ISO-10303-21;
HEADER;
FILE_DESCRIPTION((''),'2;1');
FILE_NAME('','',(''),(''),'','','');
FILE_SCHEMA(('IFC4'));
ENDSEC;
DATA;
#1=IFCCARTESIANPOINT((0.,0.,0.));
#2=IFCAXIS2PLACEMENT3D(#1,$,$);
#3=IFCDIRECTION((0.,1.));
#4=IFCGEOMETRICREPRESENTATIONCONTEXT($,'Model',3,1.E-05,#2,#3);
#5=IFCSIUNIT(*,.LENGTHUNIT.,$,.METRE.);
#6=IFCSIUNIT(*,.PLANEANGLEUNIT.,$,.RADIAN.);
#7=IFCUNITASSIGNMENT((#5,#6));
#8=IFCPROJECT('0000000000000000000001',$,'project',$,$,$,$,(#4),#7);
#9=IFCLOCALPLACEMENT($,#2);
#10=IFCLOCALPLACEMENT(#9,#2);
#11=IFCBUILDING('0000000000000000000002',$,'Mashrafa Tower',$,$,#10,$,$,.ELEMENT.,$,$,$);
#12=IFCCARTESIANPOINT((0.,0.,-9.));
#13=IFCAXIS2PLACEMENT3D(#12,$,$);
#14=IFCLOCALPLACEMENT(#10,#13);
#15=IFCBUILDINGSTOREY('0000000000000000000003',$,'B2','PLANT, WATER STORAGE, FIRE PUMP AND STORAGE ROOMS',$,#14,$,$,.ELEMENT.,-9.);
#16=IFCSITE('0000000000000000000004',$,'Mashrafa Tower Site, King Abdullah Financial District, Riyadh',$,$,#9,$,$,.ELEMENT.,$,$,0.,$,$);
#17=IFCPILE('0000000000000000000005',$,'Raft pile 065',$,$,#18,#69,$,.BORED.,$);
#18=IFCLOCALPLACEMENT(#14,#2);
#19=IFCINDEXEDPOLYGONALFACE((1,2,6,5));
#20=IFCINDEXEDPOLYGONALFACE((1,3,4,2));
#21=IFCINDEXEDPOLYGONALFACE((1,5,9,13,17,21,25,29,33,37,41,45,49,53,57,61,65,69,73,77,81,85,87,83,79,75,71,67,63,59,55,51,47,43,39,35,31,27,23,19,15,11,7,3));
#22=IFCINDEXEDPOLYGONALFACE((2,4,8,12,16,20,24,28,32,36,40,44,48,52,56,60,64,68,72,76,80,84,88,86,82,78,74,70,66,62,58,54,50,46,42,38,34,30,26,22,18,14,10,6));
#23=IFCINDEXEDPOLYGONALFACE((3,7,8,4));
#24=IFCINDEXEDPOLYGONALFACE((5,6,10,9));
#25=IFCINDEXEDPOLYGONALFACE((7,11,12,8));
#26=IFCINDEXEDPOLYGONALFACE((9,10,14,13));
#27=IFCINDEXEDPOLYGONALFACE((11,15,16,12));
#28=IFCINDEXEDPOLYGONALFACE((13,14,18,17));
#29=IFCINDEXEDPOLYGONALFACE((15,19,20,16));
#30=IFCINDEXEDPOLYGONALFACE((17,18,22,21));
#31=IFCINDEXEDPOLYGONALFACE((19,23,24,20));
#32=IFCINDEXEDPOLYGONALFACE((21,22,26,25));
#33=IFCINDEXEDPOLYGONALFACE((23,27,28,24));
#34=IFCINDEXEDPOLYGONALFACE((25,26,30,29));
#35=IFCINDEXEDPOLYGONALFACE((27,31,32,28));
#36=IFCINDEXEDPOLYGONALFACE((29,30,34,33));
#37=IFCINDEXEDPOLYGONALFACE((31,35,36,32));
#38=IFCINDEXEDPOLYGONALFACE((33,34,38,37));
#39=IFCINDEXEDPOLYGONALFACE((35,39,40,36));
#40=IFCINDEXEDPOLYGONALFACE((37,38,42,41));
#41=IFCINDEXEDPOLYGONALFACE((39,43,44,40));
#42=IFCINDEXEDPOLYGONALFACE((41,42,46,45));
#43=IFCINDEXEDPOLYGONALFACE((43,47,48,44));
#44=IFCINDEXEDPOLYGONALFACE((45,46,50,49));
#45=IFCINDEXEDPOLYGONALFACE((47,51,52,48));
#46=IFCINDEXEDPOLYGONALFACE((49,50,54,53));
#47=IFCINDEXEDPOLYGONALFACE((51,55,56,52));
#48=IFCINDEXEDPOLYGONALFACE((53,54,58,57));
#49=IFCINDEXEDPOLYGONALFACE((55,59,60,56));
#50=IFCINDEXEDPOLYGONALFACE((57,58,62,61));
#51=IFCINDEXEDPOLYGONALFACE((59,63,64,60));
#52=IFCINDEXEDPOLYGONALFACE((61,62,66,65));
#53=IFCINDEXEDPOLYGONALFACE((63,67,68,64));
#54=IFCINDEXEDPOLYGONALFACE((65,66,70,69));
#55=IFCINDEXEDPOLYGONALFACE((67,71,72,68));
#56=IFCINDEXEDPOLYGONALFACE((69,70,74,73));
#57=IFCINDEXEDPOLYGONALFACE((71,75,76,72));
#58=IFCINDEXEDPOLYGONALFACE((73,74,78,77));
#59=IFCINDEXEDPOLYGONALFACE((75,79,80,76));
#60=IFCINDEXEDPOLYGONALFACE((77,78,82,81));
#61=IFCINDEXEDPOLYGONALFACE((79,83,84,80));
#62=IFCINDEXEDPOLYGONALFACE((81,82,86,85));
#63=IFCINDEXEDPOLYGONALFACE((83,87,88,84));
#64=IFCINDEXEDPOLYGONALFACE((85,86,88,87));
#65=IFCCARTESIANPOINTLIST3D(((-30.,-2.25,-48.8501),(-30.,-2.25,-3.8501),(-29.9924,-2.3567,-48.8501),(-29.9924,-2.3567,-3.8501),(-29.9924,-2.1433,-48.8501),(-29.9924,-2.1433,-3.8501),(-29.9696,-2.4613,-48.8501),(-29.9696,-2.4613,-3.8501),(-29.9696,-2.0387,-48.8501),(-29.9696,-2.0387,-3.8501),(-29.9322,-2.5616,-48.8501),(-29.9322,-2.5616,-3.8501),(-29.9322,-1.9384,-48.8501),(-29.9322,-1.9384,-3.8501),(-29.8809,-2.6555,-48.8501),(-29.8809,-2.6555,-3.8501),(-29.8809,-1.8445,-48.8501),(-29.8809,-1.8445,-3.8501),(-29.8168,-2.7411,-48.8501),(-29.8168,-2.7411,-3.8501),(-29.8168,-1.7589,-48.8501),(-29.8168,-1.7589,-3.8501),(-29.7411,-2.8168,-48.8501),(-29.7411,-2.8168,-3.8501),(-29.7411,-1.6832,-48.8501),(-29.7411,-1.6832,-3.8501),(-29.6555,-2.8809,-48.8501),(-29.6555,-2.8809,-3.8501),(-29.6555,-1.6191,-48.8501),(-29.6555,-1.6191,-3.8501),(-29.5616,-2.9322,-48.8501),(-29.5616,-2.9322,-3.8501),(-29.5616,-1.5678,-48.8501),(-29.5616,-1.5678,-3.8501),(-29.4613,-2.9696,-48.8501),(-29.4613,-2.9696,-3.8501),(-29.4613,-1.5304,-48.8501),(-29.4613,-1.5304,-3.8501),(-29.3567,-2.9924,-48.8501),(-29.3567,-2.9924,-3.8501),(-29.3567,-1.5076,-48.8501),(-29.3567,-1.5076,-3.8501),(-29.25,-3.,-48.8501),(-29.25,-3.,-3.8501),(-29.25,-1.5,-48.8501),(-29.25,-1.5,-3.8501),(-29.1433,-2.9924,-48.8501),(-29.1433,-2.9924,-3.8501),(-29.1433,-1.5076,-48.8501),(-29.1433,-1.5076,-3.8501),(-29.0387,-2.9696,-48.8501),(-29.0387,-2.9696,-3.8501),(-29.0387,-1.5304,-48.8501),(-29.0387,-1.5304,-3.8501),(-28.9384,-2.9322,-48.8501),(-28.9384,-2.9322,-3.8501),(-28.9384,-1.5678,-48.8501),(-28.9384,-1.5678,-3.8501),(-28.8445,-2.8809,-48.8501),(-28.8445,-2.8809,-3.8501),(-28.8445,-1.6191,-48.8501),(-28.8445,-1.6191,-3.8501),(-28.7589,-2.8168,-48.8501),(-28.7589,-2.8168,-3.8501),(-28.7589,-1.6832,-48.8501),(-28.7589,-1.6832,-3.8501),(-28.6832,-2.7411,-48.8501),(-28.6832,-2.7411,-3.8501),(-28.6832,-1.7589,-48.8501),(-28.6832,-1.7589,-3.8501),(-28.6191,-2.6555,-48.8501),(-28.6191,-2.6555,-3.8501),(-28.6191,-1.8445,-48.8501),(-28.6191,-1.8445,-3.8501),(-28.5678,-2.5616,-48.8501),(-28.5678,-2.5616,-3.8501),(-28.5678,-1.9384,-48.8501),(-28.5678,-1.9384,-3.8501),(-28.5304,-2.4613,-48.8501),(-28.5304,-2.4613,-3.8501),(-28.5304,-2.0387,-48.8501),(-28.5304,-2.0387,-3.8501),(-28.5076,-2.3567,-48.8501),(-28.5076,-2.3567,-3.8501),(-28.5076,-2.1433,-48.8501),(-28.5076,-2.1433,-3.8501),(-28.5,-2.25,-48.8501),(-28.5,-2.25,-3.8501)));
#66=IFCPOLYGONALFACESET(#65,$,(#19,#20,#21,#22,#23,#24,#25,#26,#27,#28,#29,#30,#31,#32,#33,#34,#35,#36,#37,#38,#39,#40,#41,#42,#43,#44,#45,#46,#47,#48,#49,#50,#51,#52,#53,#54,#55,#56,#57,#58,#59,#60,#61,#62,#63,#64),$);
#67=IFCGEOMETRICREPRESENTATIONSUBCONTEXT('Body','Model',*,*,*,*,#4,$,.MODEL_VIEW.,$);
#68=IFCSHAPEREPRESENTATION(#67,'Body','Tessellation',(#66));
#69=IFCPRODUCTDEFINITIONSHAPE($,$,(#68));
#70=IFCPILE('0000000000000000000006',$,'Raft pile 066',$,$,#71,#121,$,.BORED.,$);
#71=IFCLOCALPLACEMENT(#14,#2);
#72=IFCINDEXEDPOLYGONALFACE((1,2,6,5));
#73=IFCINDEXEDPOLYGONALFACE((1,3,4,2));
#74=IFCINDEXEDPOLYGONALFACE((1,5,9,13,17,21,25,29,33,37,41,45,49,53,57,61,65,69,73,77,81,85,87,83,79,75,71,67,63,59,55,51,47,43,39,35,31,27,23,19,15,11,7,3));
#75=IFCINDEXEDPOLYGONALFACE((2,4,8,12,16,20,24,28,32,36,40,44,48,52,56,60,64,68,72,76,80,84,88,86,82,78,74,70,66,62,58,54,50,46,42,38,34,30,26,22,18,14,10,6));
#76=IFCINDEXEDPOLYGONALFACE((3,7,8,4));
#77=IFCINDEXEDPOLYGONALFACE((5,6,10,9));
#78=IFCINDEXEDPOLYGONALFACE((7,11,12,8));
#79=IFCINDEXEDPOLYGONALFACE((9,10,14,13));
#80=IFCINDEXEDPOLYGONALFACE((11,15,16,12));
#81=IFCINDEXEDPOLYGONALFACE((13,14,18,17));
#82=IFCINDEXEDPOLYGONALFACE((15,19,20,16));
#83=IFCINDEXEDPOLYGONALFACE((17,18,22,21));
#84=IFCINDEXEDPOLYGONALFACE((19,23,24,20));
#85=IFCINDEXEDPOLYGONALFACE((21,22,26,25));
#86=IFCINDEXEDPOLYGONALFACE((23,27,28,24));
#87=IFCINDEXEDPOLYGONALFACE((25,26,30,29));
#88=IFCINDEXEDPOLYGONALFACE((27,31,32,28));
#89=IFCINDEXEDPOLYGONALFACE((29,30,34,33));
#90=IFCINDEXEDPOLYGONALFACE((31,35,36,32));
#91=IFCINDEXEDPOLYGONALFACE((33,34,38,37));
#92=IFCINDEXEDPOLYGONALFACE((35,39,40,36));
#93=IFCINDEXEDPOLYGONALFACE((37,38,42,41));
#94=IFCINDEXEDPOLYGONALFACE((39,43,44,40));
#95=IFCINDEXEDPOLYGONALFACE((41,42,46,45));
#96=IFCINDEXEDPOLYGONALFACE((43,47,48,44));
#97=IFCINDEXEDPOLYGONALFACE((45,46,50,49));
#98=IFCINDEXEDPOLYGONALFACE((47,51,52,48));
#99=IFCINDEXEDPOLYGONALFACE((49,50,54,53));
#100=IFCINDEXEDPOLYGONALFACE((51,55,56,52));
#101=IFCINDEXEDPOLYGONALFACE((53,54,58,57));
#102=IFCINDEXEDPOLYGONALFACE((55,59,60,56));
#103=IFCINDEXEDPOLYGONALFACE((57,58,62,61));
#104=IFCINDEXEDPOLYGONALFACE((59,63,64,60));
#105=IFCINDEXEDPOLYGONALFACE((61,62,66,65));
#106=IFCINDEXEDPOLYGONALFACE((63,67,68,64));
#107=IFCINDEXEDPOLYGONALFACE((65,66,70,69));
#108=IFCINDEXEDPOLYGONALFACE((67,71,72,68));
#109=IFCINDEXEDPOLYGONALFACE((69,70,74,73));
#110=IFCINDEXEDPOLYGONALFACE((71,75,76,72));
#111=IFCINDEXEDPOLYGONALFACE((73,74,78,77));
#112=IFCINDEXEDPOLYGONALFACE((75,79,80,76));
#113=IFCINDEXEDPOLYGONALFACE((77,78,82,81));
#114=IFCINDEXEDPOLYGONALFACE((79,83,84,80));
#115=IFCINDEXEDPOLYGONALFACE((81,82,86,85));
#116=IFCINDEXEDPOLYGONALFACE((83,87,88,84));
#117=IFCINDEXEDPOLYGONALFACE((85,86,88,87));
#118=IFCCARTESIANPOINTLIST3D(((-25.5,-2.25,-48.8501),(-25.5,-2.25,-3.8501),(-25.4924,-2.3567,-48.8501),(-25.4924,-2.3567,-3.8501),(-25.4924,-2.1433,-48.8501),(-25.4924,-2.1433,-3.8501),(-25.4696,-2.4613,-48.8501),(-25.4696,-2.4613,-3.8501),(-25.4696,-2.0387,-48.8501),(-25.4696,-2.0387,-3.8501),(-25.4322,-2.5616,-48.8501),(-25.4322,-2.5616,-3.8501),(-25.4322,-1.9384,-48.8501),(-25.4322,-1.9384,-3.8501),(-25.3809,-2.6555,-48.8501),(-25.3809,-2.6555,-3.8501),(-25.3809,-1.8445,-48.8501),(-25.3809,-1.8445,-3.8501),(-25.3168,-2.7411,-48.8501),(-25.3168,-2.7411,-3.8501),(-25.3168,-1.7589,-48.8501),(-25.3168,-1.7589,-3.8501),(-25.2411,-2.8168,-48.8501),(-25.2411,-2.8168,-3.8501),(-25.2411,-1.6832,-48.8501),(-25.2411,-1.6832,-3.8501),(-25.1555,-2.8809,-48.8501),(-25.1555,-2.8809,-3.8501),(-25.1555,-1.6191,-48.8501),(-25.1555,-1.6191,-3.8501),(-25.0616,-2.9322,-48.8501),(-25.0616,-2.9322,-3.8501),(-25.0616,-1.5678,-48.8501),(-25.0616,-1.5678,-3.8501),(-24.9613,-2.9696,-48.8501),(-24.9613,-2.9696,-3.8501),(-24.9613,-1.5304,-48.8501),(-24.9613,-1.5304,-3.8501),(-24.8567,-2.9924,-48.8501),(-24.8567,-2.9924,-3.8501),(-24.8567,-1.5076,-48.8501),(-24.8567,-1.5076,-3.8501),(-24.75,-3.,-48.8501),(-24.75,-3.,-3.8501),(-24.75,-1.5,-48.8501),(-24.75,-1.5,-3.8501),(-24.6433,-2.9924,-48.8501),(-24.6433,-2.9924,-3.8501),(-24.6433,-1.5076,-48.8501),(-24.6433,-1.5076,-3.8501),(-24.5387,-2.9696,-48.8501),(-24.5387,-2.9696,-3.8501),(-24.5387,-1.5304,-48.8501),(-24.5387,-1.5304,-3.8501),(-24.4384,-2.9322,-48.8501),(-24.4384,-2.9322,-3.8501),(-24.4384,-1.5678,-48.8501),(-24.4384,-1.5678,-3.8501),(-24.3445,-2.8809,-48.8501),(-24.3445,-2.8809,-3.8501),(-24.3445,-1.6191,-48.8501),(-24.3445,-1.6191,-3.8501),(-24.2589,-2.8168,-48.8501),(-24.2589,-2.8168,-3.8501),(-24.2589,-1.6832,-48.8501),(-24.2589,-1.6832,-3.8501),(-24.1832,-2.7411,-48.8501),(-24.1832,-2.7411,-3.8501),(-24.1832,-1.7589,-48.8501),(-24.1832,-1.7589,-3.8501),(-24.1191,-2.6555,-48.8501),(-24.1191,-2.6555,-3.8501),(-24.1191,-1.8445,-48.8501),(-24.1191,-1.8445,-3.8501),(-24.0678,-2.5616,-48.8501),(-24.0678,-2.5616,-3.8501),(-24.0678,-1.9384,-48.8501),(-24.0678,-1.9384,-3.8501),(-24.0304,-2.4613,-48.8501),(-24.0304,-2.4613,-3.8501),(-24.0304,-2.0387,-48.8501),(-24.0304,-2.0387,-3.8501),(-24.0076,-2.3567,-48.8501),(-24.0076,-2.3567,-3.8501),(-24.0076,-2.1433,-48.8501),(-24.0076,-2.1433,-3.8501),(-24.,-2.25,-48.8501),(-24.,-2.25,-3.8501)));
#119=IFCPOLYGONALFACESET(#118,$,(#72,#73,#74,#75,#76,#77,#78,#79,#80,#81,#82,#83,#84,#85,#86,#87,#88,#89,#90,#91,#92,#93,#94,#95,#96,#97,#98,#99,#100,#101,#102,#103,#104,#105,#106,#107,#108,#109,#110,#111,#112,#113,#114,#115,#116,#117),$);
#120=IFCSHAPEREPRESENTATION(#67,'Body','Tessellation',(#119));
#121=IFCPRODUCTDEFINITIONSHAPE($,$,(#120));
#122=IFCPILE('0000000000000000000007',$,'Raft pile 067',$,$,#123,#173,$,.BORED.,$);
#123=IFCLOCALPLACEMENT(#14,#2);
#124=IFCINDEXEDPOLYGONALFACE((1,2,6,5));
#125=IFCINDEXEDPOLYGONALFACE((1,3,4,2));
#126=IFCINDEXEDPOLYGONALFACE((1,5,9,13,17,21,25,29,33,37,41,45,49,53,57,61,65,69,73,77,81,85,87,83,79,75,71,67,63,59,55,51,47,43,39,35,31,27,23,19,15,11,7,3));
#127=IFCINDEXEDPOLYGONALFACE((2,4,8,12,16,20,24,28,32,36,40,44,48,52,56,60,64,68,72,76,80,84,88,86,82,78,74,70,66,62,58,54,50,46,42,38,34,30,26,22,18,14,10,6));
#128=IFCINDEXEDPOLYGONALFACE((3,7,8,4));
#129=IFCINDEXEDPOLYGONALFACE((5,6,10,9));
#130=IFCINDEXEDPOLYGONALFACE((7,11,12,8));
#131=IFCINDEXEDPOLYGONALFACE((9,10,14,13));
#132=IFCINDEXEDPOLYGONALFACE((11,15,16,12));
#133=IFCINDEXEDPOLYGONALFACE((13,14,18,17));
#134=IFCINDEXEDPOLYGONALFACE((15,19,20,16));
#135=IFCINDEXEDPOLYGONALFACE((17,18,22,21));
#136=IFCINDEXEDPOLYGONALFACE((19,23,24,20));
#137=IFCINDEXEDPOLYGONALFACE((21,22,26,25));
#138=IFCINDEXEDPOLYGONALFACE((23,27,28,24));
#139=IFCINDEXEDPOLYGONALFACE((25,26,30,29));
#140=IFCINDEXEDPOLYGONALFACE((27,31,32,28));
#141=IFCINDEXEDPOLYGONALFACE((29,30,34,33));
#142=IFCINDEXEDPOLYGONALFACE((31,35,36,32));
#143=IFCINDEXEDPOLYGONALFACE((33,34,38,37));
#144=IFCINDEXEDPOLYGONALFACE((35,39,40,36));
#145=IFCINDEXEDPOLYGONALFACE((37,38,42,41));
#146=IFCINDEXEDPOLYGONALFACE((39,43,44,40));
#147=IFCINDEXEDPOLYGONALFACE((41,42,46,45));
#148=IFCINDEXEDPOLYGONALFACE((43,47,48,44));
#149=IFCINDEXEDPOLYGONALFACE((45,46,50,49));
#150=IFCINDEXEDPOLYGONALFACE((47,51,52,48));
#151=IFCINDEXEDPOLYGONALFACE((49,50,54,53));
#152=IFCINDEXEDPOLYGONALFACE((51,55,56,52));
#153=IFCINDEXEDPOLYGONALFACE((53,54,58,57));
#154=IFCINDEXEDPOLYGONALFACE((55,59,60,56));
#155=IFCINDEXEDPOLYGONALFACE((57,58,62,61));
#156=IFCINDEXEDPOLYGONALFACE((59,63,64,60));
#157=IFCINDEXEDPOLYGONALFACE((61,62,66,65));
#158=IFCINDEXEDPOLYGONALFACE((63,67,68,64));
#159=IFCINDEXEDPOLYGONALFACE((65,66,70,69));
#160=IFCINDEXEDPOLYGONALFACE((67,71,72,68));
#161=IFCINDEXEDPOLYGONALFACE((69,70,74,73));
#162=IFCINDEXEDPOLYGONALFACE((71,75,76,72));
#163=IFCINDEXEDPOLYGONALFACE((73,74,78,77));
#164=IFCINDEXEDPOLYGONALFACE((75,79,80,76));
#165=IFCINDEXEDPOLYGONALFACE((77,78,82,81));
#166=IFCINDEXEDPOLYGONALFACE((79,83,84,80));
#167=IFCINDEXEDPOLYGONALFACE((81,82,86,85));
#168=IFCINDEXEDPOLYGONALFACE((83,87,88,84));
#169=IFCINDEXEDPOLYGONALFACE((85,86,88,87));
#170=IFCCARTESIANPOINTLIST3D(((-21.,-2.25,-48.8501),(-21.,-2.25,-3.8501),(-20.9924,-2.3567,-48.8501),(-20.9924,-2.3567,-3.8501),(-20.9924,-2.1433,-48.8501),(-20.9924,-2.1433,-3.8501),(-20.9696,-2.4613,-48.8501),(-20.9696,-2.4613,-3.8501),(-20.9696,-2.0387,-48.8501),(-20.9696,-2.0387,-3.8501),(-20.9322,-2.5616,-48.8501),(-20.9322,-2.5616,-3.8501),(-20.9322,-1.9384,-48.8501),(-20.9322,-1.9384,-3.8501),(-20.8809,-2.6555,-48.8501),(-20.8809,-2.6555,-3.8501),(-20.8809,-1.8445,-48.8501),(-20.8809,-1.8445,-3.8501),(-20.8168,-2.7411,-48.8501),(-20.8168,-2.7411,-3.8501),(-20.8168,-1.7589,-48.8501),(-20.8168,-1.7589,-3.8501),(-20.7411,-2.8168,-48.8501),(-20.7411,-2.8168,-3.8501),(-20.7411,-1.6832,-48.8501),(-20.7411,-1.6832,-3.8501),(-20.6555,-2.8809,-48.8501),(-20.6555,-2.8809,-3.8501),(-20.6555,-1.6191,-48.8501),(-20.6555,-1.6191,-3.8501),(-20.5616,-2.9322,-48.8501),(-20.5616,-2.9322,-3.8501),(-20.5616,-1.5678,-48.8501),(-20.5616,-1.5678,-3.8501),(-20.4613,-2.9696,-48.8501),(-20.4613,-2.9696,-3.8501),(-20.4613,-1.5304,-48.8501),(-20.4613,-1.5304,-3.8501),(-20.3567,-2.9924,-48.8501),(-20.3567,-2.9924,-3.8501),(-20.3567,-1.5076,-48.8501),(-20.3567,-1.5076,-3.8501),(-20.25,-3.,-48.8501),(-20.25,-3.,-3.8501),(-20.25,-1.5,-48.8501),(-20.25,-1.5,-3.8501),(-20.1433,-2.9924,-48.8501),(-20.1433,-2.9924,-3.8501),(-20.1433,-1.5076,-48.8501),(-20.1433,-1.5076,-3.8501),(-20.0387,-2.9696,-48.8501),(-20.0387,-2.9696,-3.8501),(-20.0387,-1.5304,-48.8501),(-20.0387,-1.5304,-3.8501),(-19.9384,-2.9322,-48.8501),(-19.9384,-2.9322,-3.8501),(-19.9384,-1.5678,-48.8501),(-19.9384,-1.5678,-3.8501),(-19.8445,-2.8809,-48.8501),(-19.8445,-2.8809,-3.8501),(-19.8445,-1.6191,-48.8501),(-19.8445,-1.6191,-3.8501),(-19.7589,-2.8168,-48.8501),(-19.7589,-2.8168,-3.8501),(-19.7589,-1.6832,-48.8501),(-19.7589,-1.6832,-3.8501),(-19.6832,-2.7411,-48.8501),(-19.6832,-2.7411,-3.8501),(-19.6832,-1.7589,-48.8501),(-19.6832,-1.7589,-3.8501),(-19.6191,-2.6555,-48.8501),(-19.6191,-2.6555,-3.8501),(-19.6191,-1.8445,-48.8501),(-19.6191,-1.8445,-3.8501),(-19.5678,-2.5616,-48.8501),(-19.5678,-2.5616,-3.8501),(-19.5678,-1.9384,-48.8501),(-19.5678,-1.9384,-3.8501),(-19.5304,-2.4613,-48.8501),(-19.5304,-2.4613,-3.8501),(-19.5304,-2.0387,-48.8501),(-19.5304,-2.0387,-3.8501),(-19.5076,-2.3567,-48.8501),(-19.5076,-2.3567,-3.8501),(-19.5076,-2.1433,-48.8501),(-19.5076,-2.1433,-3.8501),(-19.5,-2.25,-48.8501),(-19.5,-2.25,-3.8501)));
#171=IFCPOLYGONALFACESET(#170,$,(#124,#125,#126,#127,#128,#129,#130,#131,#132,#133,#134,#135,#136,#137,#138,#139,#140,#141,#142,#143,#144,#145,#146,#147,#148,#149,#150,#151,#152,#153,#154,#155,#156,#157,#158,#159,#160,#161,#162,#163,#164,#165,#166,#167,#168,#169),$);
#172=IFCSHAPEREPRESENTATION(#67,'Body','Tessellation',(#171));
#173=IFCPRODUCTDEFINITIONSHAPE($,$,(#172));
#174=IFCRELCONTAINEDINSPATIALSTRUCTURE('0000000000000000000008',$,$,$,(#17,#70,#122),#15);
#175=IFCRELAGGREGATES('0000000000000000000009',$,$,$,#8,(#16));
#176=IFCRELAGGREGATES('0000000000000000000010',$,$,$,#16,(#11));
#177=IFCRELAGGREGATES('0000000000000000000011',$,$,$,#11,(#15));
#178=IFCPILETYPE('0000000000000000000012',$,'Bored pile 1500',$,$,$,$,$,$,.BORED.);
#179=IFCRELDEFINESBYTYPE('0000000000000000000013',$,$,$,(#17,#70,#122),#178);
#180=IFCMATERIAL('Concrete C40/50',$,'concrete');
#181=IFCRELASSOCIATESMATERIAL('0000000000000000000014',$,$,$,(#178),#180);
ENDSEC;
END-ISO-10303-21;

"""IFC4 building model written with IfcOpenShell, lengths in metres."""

from ifc_helpers import new_model, si_unit, direction, frame, origin, origin_2d, place, context, subcontext, project, spatial, circle, extrude, material, material_profile, profile_set, type_object, element, save


model = new_model("IFC4")

# Units and contexts
model_context = context("Model", 3, precision=1e-05, world=origin(), true_north=direction((0.0, 1.0)))
body_context = subcontext(model_context, "Body", "Model", "MODEL_VIEW")
ifc_project = project(units=[si_unit("LENGTHUNIT", "METRE"), si_unit("PLANEANGLEUNIT", "RADIAN")], contexts=[model_context])

# Site, building, storey
site_placement = place(None, origin())
site = spatial("IfcSite", under=ifc_project, at=site_placement, Name="Mashrafa Tower Site, King Abdullah Financial District, Riyadh", CompositionType="ELEMENT", RefElevation=0.0)
building_placement = place(site_placement, origin())
building = spatial("IfcBuilding", under=site, at=building_placement, Name="Mashrafa Tower", CompositionType="ELEMENT")
storey_placement = place(building_placement, frame((0.0, 0.0, -9.0)))
storey = spatial("IfcBuildingStorey", under=building, at=storey_placement, Name="B2", Description="PLANT, WATER STORAGE, FIRE PUMP AND STORAGE ROOMS", CompositionType="ELEMENT", Elevation=-9.0)

# Piles
ifc_material_1 = material(Name="Concrete C40/50", Category="concrete")
ifc_material_profile_1 = material_profile(ifc_material_1, circle(Radius=0.75, at=origin_2d()), Name="1500 DIA")
ifc_profile_set_1 = profile_set([ifc_material_profile_1], Name="Concrete C40/50")
pile_type_1 = type_object("IfcPileType", Name="Bored pile 1500", PredefinedType="BORED", material=ifc_profile_set_1)
for number, where, z_axis, x_axis, name in (
    (1, (-29.25, -2.25, -3.8501), (0.0, 0.0, -1.0), (1.0, 0.0, 0.0), "Raft pile 065"),
    (2, (-24.75, -2.25, -3.8501), (0.0, 0.0, -1.0), (1.0, 0.0, 0.0), "Raft pile 066"),
    (3, (-20.25, -2.25, -3.8501), (0.0, 0.0, -1.0), (1.0, 0.0, 0.0), "Raft pile 067"),
):
    element("IfcPile", number, at=place(storey_placement, frame(where, z_axis=z_axis, x_axis=x_axis)), inside=storey, type_object=pile_type_1, Name=name, PredefinedType="BORED", context=body_context, shape_type="SweptSolid", body=[
        extrude(circle(Radius=0.75, at=origin_2d()), origin(), (0.0, 0.0, 1.0), 45.0),
    ])

save(model, "model.ifc")
